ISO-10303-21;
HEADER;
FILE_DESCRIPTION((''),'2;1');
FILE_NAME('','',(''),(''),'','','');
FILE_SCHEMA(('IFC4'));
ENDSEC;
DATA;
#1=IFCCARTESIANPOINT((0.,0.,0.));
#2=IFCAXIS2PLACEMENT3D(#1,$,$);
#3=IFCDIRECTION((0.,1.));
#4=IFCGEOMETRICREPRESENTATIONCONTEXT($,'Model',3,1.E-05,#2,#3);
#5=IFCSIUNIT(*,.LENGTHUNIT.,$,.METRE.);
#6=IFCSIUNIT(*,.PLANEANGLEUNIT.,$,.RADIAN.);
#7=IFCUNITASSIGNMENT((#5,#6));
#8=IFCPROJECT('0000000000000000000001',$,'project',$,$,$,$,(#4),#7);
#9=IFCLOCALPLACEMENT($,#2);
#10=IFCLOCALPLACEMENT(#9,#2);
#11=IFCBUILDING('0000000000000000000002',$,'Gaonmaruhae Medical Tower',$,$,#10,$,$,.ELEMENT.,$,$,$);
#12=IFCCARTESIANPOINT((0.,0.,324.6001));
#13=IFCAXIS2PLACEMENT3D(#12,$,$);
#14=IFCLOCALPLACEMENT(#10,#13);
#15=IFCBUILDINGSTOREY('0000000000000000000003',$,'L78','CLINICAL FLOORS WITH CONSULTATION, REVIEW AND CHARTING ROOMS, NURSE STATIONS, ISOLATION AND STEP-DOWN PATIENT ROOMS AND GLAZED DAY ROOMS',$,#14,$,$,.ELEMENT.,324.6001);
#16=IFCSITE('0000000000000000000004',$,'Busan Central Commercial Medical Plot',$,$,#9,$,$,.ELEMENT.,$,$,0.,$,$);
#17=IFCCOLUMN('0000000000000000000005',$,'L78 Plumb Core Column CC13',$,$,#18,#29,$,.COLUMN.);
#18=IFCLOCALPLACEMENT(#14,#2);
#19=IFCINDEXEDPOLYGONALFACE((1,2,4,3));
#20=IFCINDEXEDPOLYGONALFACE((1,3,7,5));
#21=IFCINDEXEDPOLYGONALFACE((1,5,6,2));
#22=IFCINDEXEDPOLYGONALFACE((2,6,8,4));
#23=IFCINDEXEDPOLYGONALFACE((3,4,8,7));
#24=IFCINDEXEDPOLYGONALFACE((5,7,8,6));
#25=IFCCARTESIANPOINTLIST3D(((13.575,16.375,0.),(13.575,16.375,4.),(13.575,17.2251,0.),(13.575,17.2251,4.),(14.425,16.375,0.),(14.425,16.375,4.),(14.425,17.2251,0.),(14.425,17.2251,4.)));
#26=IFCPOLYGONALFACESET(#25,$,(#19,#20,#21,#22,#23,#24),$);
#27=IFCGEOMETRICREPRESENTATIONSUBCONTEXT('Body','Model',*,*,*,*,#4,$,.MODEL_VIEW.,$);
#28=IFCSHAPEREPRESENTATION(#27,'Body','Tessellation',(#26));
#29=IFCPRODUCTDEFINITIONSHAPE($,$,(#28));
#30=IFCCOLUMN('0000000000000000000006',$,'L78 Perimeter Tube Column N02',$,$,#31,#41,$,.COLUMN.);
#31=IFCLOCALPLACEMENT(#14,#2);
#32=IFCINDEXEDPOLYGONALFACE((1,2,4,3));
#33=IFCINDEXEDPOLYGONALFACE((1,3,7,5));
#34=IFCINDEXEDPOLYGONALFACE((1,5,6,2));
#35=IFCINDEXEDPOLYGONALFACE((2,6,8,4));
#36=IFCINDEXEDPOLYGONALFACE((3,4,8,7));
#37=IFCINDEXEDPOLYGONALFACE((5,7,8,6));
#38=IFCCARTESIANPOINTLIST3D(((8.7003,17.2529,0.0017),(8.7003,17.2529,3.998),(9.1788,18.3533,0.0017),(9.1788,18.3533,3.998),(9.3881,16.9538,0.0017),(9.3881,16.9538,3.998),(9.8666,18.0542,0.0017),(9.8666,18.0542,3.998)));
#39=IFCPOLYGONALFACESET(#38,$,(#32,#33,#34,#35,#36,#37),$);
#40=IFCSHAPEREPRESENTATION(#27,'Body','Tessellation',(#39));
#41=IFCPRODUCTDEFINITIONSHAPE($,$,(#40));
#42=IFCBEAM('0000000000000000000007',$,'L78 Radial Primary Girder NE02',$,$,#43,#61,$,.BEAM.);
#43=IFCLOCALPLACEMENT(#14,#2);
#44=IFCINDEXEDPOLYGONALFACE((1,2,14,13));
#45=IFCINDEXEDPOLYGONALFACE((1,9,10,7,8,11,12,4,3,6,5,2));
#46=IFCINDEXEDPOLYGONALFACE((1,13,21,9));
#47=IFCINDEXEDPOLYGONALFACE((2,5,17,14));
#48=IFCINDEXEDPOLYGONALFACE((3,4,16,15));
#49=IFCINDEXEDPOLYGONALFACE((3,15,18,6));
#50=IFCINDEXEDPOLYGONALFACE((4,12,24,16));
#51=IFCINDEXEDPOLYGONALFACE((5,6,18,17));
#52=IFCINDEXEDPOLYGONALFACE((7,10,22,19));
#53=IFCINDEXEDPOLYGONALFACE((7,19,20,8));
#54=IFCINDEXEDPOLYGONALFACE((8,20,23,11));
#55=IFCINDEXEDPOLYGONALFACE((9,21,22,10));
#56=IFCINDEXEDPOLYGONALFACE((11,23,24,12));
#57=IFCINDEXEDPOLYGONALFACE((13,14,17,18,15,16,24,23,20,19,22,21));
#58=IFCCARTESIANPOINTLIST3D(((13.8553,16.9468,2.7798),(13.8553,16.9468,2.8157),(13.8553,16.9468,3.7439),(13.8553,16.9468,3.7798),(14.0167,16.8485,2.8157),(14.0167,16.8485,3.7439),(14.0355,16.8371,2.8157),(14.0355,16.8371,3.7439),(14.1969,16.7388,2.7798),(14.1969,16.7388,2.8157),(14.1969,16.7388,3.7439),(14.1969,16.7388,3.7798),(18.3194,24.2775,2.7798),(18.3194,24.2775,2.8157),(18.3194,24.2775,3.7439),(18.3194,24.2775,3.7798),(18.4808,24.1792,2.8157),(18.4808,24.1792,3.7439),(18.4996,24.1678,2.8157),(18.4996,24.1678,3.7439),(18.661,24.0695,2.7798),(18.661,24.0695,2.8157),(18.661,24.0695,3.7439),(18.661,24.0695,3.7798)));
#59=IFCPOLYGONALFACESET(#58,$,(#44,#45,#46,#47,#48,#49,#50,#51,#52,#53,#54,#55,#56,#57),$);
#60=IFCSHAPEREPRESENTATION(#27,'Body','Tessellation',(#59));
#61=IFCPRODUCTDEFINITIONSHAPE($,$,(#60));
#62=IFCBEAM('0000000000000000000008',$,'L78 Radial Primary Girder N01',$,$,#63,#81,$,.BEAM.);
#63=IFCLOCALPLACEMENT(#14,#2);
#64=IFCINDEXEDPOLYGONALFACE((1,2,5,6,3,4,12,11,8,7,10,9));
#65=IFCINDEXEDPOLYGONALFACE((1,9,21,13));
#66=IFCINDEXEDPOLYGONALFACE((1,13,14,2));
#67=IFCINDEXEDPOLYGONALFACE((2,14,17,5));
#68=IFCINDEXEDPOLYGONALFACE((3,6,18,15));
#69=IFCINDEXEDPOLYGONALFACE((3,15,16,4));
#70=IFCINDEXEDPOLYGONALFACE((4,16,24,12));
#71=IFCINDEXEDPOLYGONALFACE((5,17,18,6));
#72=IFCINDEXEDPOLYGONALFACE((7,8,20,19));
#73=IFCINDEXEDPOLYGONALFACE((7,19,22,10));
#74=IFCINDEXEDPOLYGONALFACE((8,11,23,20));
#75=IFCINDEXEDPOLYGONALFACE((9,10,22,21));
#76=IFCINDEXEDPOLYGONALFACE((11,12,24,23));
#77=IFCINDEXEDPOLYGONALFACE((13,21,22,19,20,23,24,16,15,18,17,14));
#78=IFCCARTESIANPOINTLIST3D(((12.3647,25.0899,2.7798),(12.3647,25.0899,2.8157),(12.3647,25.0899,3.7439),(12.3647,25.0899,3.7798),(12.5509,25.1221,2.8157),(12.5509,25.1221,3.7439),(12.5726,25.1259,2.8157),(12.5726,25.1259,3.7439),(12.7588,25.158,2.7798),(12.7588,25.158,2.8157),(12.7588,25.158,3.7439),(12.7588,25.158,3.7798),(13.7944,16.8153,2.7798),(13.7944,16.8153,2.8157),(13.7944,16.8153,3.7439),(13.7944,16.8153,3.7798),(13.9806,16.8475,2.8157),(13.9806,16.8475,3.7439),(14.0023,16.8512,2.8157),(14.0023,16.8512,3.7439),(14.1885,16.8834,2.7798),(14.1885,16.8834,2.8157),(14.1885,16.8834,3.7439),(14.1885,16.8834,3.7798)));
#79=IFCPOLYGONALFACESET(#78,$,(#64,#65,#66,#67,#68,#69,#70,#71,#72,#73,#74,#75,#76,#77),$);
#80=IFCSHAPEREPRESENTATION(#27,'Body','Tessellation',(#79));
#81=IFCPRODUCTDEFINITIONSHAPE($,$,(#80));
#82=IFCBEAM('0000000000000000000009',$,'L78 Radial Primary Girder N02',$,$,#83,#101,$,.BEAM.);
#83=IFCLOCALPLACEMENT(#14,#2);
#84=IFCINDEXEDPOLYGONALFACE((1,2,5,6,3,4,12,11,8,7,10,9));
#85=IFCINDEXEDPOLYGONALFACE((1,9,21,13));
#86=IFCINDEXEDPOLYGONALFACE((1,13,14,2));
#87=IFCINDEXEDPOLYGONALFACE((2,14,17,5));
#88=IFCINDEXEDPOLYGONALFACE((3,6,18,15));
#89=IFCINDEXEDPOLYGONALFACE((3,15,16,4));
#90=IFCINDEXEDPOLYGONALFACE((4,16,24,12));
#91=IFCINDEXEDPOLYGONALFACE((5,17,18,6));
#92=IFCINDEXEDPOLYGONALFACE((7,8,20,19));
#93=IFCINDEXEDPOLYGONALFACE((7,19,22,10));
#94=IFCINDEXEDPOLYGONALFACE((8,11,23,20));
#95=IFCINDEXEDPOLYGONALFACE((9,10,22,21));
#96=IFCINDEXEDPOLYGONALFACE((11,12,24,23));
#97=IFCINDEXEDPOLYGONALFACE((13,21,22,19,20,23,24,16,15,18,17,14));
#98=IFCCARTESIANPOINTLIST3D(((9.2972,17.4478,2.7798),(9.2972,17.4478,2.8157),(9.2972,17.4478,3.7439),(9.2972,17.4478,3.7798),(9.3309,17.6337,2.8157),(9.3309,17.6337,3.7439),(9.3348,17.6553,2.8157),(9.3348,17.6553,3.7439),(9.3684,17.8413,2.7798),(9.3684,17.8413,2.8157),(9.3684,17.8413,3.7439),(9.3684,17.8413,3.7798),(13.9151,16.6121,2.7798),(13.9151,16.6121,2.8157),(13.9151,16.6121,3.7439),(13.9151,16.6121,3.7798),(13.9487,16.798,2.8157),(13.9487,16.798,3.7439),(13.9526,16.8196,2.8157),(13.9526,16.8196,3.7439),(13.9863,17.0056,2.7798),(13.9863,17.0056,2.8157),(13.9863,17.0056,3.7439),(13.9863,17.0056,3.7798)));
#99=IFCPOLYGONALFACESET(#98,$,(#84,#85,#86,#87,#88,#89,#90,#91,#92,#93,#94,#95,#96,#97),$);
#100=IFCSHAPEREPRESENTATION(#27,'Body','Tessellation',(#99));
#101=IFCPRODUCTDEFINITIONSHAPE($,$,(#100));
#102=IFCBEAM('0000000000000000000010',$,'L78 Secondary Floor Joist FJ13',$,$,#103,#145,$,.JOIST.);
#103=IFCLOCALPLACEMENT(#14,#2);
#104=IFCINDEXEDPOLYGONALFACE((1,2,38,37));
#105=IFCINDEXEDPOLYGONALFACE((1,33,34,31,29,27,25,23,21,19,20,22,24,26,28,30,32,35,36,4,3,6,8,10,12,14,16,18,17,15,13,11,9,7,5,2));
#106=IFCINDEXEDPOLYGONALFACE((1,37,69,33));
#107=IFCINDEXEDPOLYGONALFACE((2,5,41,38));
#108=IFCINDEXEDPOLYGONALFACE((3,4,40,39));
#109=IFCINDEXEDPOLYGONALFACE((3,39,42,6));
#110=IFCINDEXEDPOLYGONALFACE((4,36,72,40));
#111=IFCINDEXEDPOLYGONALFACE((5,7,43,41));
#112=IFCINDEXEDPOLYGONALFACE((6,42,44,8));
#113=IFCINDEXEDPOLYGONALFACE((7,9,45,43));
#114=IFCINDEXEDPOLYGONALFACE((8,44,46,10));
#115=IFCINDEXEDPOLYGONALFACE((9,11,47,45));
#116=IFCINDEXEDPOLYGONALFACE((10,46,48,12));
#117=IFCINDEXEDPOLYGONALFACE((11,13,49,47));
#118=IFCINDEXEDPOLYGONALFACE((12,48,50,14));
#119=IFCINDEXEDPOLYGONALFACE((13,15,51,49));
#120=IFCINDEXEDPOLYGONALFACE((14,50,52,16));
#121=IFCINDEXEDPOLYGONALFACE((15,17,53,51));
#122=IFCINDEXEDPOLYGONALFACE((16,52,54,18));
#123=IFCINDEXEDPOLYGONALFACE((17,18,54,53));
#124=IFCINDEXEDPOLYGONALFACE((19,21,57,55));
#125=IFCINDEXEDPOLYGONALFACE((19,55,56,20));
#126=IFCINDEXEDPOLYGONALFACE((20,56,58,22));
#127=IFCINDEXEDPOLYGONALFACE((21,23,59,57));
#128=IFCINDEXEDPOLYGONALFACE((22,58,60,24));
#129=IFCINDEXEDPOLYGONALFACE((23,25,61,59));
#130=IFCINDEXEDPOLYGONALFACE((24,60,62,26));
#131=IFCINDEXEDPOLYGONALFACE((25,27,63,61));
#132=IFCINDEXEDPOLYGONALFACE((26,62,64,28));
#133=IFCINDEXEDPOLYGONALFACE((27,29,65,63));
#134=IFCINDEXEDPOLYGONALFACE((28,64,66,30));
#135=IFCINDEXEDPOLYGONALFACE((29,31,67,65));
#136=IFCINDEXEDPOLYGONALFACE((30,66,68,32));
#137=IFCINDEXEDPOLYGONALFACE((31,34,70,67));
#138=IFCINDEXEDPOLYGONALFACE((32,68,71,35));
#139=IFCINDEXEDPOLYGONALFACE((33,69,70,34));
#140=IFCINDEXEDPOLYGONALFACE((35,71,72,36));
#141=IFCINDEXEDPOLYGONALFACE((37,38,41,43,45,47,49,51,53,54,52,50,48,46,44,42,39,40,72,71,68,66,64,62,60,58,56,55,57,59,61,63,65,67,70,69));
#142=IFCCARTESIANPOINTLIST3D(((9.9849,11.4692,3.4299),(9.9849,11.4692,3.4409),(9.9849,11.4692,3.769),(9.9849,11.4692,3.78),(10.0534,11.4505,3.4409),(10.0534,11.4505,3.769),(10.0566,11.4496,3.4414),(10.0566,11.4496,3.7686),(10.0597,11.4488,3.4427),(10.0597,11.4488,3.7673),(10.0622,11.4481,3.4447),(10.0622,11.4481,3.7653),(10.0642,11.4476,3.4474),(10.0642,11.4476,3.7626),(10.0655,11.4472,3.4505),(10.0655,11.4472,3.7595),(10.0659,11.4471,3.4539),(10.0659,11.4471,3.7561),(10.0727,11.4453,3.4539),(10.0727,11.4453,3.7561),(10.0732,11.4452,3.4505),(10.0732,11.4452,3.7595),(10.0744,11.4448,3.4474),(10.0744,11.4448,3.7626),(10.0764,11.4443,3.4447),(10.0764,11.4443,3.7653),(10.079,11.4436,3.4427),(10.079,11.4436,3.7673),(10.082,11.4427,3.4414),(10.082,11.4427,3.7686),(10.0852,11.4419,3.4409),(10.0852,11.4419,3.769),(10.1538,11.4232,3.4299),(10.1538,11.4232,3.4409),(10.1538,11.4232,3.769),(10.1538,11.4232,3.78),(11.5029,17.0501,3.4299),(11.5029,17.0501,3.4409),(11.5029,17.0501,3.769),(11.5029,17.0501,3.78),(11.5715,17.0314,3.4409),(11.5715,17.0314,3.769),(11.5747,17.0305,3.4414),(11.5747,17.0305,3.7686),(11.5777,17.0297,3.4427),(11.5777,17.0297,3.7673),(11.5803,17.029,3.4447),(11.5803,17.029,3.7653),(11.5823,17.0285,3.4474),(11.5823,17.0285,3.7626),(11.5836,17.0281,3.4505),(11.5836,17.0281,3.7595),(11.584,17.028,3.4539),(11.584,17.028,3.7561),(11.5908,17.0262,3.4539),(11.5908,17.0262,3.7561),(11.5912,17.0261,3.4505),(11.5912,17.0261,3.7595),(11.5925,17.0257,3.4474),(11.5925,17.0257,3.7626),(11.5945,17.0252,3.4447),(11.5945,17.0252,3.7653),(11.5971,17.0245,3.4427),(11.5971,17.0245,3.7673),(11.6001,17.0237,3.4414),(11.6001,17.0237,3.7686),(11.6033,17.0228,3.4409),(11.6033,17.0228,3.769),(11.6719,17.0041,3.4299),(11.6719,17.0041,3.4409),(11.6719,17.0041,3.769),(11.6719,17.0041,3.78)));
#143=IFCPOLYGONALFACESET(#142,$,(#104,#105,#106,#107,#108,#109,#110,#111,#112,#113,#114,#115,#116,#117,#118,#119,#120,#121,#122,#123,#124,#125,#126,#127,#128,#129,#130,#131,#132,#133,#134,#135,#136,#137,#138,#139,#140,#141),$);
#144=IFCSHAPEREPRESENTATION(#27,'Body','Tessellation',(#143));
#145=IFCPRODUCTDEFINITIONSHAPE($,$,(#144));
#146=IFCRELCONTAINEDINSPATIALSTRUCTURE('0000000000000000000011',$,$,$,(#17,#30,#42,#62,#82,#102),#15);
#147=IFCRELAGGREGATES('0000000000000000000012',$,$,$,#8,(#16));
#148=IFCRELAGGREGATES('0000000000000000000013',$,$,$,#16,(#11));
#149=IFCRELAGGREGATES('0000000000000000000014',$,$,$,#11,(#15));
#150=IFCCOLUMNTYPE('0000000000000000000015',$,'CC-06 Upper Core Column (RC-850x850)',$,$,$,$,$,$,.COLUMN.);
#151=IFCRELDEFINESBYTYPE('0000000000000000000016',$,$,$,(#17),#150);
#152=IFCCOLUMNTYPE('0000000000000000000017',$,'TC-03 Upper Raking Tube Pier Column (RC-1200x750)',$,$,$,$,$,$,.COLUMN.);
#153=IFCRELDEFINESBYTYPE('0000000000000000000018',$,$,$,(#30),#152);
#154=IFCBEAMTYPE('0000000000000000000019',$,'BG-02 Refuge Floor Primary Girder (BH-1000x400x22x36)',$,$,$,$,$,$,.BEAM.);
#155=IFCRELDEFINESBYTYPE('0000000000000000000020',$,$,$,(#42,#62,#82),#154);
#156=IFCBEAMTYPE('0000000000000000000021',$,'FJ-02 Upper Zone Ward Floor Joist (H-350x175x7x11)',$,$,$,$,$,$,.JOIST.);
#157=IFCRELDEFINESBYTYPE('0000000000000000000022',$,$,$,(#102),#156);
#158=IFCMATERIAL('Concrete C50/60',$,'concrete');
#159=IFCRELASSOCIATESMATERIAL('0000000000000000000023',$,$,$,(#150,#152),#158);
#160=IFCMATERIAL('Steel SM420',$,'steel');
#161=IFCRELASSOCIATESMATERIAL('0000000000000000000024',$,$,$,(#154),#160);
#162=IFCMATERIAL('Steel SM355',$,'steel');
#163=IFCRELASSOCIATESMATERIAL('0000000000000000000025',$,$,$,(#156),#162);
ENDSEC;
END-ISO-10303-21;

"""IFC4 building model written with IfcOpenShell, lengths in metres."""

from ifc_helpers import new_model, si_unit, direction, frame, origin, origin_2d, place, context, subcontext, project, spatial, rectangle, i_section, extrude, material, material_profile, profile_set, type_object, element, save


model = new_model("IFC4")

# Units and contexts
model_context = context("Model", 3, precision=1e-05, world=origin(), true_north=direction((0.0, 1.0)))
body_context = subcontext(model_context, "Body", "Model", "MODEL_VIEW")
ifc_project = project(units=[si_unit("LENGTHUNIT", "METRE"), si_unit("PLANEANGLEUNIT", "RADIAN")], contexts=[model_context])

# Site, building, storey
site_placement = place(None, origin())
site = spatial("IfcSite", under=ifc_project, at=site_placement, Name="Busan Central Commercial Medical Plot", CompositionType="ELEMENT", RefElevation=0.0)
building_placement = place(site_placement, origin())
building = spatial("IfcBuilding", under=site, at=building_placement, Name="Gaonmaruhae Medical Tower", CompositionType="ELEMENT")
storey_placement = place(building_placement, frame((0.0, 0.0, 324.6001)))
storey = spatial("IfcBuildingStorey", under=building, at=storey_placement, Name="L78", Description="CLINICAL FLOORS WITH CONSULTATION, REVIEW AND CHARTING ROOMS, NURSE STATIONS, ISOLATION AND STEP-DOWN PATIENT ROOMS AND GLAZED DAY ROOMS", CompositionType="ELEMENT", Elevation=324.6001)

# Columns
ifc_material_1 = material(Name="Concrete C50/60", Category="concrete")
ifc_material_profile_1 = material_profile(ifc_material_1, rectangle(XDim=0.8501, YDim=0.8501, at=origin_2d()), Name="RC-850x850")
ifc_profile_set_1 = profile_set([ifc_material_profile_1], Name="Concrete C50/60")
column_type_1 = type_object("IfcColumnType", Name="CC-06 Upper Core Column (RC-850x850)", PredefinedType="COLUMN", material=ifc_profile_set_1)
column_1_placement = place(storey_placement, frame((14.0, 16.8, 0.0), z_axis=(0.0, 0.0, 1.0), x_axis=(1.0, 0.0, 0.0)))
element("IfcColumn", 1, at=column_1_placement, inside=storey, type_object=column_type_1, Name="L78 Plumb Core Column CC13", PredefinedType="COLUMN", context=body_context, shape_type="SweptSolid", body=[
    extrude(rectangle(XDim=0.8501, YDim=0.8501, at=origin_2d()), origin(), (0.0, 0.0, 1.0), 4.0),
])
ifc_material_profile_2 = material_profile(ifc_material_1, rectangle(XDim=1.2, YDim=0.75, at=origin_2d()), Name="RC-1200x750")
ifc_profile_set_2 = profile_set([ifc_material_profile_2], Name="Concrete C50/60")
column_type_2 = type_object("IfcColumnType", Name="TC-03 Upper Raking Tube Pier Column (RC-1200x750)", PredefinedType="COLUMN", material=ifc_profile_set_2)
column_2_placement = place(storey_placement, frame((9.2834, 17.6536, 0.0017), z_axis=(0.0, 0.0, 1.0), x_axis=(0.398749, 0.91706, 0.0)))
element("IfcColumn", 2, at=column_2_placement, inside=storey, type_object=column_type_2, Name="L78 Perimeter Tube Column N02", PredefinedType="COLUMN", context=body_context, shape_type="SweptSolid", body=[
    extrude(rectangle(XDim=1.2, YDim=0.75, at=origin_2d()), origin(), (0.0, 0.0, 1.0), 3.9963),
])

# Beams
ifc_material_2 = material(Name="Steel SM420", Category="steel")
ifc_material_profile_3 = material_profile(ifc_material_2, i_section(OverallWidth=0.3999, OverallDepth=1.0, WebThickness=0.022, FlangeThickness=0.0359, at=origin_2d()), Name="BH-1000x400x22x36")
ifc_profile_set_3 = profile_set([ifc_material_profile_3], Name="Steel SM420")
beam_type_1 = type_object("IfcBeamType", Name="BG-02 Refuge Floor Primary Girder (BH-1000x400x22x36)", PredefinedType="BEAM", material=ifc_profile_set_3)
beam_1_placement = place(storey_placement, frame((14.0261, 16.8428, 3.2798), z_axis=(0.520107, 0.854101, 0.0), x_axis=(-0.854101, 0.520107, 0.0)))
element("IfcBeam", 3, at=beam_1_placement, inside=storey, type_object=beam_type_1, Name="L78 Radial Primary Girder NE02", PredefinedType="BEAM", context=body_context, shape_type="SweptSolid", body=[
    extrude(i_section(OverallWidth=0.3999, OverallDepth=1.0, WebThickness=0.022, FlangeThickness=0.0359, at=origin_2d()), origin(), (0.0, 0.0, 1.0), 8.583),
])
beam_2_placement = place(storey_placement, frame((13.9915, 16.8494, 3.2798), z_axis=(-0.170256, 0.9854, 0.0), x_axis=(-0.9854, -0.170256, 0.0)))
element("IfcBeam", 4, at=beam_2_placement, inside=storey, type_object=beam_type_1, Name="L78 Radial Primary Girder N01", PredefinedType="BEAM", context=body_context, shape_type="SweptSolid", body=[
    extrude(i_section(OverallWidth=0.3999, OverallDepth=1.0, WebThickness=0.022, FlangeThickness=0.0359, at=origin_2d()), origin(), (0.0, 0.0, 1.0), 8.3972),
])
beam_3_placement = place(storey_placement, frame((13.9507, 16.8088, 3.2798), z_axis=(-0.984017, 0.178075, 0.0), x_axis=(-0.178075, -0.984017, 0.0)))
element("IfcBeam", 5, at=beam_3_placement, inside=storey, type_object=beam_type_1, Name="L78 Radial Primary Girder N02", PredefinedType="BEAM", context=body_context, shape_type="SweptSolid", body=[
    extrude(i_section(OverallWidth=0.3999, OverallDepth=1.0, WebThickness=0.022, FlangeThickness=0.0359, at=origin_2d()), origin(), (0.0, 0.0, 1.0), 4.6929),
])
ifc_material_3 = material(Name="Steel SM355", Category="steel")
ifc_material_profile_4 = material_profile(ifc_material_3, i_section(OverallWidth=0.175, OverallDepth=0.3501, WebThickness=0.0071, FlangeThickness=0.011, FilletRadius=0.0129, at=origin_2d()), Name="H-350x175x7x11")
ifc_profile_set_4 = profile_set([ifc_material_profile_4], Name="Steel SM355")
beam_type_2 = type_object("IfcBeamType", Name="FJ-02 Upper Zone Ward Floor Joist (H-350x175x7x11)", PredefinedType="JOIST", material=ifc_profile_set_4)
beam_4_placement = place(storey_placement, frame((11.5874, 17.0271, 3.605), z_axis=(-0.262478, -0.964938, 0.0), x_axis=(0.964938, -0.262478, 0.0)))
element("IfcBeam", 6, at=beam_4_placement, inside=storey, type_object=beam_type_2, Name="L78 Secondary Floor Joist FJ13", PredefinedType="JOIST", context=body_context, shape_type="SweptSolid", body=[
    extrude(i_section(OverallWidth=0.175, OverallDepth=0.3501, WebThickness=0.0071, FlangeThickness=0.011, FilletRadius=0.0129, at=origin_2d()), origin(), (0.0, 0.0, 1.0), 5.7837),
])

save(model, "model.ifc")
